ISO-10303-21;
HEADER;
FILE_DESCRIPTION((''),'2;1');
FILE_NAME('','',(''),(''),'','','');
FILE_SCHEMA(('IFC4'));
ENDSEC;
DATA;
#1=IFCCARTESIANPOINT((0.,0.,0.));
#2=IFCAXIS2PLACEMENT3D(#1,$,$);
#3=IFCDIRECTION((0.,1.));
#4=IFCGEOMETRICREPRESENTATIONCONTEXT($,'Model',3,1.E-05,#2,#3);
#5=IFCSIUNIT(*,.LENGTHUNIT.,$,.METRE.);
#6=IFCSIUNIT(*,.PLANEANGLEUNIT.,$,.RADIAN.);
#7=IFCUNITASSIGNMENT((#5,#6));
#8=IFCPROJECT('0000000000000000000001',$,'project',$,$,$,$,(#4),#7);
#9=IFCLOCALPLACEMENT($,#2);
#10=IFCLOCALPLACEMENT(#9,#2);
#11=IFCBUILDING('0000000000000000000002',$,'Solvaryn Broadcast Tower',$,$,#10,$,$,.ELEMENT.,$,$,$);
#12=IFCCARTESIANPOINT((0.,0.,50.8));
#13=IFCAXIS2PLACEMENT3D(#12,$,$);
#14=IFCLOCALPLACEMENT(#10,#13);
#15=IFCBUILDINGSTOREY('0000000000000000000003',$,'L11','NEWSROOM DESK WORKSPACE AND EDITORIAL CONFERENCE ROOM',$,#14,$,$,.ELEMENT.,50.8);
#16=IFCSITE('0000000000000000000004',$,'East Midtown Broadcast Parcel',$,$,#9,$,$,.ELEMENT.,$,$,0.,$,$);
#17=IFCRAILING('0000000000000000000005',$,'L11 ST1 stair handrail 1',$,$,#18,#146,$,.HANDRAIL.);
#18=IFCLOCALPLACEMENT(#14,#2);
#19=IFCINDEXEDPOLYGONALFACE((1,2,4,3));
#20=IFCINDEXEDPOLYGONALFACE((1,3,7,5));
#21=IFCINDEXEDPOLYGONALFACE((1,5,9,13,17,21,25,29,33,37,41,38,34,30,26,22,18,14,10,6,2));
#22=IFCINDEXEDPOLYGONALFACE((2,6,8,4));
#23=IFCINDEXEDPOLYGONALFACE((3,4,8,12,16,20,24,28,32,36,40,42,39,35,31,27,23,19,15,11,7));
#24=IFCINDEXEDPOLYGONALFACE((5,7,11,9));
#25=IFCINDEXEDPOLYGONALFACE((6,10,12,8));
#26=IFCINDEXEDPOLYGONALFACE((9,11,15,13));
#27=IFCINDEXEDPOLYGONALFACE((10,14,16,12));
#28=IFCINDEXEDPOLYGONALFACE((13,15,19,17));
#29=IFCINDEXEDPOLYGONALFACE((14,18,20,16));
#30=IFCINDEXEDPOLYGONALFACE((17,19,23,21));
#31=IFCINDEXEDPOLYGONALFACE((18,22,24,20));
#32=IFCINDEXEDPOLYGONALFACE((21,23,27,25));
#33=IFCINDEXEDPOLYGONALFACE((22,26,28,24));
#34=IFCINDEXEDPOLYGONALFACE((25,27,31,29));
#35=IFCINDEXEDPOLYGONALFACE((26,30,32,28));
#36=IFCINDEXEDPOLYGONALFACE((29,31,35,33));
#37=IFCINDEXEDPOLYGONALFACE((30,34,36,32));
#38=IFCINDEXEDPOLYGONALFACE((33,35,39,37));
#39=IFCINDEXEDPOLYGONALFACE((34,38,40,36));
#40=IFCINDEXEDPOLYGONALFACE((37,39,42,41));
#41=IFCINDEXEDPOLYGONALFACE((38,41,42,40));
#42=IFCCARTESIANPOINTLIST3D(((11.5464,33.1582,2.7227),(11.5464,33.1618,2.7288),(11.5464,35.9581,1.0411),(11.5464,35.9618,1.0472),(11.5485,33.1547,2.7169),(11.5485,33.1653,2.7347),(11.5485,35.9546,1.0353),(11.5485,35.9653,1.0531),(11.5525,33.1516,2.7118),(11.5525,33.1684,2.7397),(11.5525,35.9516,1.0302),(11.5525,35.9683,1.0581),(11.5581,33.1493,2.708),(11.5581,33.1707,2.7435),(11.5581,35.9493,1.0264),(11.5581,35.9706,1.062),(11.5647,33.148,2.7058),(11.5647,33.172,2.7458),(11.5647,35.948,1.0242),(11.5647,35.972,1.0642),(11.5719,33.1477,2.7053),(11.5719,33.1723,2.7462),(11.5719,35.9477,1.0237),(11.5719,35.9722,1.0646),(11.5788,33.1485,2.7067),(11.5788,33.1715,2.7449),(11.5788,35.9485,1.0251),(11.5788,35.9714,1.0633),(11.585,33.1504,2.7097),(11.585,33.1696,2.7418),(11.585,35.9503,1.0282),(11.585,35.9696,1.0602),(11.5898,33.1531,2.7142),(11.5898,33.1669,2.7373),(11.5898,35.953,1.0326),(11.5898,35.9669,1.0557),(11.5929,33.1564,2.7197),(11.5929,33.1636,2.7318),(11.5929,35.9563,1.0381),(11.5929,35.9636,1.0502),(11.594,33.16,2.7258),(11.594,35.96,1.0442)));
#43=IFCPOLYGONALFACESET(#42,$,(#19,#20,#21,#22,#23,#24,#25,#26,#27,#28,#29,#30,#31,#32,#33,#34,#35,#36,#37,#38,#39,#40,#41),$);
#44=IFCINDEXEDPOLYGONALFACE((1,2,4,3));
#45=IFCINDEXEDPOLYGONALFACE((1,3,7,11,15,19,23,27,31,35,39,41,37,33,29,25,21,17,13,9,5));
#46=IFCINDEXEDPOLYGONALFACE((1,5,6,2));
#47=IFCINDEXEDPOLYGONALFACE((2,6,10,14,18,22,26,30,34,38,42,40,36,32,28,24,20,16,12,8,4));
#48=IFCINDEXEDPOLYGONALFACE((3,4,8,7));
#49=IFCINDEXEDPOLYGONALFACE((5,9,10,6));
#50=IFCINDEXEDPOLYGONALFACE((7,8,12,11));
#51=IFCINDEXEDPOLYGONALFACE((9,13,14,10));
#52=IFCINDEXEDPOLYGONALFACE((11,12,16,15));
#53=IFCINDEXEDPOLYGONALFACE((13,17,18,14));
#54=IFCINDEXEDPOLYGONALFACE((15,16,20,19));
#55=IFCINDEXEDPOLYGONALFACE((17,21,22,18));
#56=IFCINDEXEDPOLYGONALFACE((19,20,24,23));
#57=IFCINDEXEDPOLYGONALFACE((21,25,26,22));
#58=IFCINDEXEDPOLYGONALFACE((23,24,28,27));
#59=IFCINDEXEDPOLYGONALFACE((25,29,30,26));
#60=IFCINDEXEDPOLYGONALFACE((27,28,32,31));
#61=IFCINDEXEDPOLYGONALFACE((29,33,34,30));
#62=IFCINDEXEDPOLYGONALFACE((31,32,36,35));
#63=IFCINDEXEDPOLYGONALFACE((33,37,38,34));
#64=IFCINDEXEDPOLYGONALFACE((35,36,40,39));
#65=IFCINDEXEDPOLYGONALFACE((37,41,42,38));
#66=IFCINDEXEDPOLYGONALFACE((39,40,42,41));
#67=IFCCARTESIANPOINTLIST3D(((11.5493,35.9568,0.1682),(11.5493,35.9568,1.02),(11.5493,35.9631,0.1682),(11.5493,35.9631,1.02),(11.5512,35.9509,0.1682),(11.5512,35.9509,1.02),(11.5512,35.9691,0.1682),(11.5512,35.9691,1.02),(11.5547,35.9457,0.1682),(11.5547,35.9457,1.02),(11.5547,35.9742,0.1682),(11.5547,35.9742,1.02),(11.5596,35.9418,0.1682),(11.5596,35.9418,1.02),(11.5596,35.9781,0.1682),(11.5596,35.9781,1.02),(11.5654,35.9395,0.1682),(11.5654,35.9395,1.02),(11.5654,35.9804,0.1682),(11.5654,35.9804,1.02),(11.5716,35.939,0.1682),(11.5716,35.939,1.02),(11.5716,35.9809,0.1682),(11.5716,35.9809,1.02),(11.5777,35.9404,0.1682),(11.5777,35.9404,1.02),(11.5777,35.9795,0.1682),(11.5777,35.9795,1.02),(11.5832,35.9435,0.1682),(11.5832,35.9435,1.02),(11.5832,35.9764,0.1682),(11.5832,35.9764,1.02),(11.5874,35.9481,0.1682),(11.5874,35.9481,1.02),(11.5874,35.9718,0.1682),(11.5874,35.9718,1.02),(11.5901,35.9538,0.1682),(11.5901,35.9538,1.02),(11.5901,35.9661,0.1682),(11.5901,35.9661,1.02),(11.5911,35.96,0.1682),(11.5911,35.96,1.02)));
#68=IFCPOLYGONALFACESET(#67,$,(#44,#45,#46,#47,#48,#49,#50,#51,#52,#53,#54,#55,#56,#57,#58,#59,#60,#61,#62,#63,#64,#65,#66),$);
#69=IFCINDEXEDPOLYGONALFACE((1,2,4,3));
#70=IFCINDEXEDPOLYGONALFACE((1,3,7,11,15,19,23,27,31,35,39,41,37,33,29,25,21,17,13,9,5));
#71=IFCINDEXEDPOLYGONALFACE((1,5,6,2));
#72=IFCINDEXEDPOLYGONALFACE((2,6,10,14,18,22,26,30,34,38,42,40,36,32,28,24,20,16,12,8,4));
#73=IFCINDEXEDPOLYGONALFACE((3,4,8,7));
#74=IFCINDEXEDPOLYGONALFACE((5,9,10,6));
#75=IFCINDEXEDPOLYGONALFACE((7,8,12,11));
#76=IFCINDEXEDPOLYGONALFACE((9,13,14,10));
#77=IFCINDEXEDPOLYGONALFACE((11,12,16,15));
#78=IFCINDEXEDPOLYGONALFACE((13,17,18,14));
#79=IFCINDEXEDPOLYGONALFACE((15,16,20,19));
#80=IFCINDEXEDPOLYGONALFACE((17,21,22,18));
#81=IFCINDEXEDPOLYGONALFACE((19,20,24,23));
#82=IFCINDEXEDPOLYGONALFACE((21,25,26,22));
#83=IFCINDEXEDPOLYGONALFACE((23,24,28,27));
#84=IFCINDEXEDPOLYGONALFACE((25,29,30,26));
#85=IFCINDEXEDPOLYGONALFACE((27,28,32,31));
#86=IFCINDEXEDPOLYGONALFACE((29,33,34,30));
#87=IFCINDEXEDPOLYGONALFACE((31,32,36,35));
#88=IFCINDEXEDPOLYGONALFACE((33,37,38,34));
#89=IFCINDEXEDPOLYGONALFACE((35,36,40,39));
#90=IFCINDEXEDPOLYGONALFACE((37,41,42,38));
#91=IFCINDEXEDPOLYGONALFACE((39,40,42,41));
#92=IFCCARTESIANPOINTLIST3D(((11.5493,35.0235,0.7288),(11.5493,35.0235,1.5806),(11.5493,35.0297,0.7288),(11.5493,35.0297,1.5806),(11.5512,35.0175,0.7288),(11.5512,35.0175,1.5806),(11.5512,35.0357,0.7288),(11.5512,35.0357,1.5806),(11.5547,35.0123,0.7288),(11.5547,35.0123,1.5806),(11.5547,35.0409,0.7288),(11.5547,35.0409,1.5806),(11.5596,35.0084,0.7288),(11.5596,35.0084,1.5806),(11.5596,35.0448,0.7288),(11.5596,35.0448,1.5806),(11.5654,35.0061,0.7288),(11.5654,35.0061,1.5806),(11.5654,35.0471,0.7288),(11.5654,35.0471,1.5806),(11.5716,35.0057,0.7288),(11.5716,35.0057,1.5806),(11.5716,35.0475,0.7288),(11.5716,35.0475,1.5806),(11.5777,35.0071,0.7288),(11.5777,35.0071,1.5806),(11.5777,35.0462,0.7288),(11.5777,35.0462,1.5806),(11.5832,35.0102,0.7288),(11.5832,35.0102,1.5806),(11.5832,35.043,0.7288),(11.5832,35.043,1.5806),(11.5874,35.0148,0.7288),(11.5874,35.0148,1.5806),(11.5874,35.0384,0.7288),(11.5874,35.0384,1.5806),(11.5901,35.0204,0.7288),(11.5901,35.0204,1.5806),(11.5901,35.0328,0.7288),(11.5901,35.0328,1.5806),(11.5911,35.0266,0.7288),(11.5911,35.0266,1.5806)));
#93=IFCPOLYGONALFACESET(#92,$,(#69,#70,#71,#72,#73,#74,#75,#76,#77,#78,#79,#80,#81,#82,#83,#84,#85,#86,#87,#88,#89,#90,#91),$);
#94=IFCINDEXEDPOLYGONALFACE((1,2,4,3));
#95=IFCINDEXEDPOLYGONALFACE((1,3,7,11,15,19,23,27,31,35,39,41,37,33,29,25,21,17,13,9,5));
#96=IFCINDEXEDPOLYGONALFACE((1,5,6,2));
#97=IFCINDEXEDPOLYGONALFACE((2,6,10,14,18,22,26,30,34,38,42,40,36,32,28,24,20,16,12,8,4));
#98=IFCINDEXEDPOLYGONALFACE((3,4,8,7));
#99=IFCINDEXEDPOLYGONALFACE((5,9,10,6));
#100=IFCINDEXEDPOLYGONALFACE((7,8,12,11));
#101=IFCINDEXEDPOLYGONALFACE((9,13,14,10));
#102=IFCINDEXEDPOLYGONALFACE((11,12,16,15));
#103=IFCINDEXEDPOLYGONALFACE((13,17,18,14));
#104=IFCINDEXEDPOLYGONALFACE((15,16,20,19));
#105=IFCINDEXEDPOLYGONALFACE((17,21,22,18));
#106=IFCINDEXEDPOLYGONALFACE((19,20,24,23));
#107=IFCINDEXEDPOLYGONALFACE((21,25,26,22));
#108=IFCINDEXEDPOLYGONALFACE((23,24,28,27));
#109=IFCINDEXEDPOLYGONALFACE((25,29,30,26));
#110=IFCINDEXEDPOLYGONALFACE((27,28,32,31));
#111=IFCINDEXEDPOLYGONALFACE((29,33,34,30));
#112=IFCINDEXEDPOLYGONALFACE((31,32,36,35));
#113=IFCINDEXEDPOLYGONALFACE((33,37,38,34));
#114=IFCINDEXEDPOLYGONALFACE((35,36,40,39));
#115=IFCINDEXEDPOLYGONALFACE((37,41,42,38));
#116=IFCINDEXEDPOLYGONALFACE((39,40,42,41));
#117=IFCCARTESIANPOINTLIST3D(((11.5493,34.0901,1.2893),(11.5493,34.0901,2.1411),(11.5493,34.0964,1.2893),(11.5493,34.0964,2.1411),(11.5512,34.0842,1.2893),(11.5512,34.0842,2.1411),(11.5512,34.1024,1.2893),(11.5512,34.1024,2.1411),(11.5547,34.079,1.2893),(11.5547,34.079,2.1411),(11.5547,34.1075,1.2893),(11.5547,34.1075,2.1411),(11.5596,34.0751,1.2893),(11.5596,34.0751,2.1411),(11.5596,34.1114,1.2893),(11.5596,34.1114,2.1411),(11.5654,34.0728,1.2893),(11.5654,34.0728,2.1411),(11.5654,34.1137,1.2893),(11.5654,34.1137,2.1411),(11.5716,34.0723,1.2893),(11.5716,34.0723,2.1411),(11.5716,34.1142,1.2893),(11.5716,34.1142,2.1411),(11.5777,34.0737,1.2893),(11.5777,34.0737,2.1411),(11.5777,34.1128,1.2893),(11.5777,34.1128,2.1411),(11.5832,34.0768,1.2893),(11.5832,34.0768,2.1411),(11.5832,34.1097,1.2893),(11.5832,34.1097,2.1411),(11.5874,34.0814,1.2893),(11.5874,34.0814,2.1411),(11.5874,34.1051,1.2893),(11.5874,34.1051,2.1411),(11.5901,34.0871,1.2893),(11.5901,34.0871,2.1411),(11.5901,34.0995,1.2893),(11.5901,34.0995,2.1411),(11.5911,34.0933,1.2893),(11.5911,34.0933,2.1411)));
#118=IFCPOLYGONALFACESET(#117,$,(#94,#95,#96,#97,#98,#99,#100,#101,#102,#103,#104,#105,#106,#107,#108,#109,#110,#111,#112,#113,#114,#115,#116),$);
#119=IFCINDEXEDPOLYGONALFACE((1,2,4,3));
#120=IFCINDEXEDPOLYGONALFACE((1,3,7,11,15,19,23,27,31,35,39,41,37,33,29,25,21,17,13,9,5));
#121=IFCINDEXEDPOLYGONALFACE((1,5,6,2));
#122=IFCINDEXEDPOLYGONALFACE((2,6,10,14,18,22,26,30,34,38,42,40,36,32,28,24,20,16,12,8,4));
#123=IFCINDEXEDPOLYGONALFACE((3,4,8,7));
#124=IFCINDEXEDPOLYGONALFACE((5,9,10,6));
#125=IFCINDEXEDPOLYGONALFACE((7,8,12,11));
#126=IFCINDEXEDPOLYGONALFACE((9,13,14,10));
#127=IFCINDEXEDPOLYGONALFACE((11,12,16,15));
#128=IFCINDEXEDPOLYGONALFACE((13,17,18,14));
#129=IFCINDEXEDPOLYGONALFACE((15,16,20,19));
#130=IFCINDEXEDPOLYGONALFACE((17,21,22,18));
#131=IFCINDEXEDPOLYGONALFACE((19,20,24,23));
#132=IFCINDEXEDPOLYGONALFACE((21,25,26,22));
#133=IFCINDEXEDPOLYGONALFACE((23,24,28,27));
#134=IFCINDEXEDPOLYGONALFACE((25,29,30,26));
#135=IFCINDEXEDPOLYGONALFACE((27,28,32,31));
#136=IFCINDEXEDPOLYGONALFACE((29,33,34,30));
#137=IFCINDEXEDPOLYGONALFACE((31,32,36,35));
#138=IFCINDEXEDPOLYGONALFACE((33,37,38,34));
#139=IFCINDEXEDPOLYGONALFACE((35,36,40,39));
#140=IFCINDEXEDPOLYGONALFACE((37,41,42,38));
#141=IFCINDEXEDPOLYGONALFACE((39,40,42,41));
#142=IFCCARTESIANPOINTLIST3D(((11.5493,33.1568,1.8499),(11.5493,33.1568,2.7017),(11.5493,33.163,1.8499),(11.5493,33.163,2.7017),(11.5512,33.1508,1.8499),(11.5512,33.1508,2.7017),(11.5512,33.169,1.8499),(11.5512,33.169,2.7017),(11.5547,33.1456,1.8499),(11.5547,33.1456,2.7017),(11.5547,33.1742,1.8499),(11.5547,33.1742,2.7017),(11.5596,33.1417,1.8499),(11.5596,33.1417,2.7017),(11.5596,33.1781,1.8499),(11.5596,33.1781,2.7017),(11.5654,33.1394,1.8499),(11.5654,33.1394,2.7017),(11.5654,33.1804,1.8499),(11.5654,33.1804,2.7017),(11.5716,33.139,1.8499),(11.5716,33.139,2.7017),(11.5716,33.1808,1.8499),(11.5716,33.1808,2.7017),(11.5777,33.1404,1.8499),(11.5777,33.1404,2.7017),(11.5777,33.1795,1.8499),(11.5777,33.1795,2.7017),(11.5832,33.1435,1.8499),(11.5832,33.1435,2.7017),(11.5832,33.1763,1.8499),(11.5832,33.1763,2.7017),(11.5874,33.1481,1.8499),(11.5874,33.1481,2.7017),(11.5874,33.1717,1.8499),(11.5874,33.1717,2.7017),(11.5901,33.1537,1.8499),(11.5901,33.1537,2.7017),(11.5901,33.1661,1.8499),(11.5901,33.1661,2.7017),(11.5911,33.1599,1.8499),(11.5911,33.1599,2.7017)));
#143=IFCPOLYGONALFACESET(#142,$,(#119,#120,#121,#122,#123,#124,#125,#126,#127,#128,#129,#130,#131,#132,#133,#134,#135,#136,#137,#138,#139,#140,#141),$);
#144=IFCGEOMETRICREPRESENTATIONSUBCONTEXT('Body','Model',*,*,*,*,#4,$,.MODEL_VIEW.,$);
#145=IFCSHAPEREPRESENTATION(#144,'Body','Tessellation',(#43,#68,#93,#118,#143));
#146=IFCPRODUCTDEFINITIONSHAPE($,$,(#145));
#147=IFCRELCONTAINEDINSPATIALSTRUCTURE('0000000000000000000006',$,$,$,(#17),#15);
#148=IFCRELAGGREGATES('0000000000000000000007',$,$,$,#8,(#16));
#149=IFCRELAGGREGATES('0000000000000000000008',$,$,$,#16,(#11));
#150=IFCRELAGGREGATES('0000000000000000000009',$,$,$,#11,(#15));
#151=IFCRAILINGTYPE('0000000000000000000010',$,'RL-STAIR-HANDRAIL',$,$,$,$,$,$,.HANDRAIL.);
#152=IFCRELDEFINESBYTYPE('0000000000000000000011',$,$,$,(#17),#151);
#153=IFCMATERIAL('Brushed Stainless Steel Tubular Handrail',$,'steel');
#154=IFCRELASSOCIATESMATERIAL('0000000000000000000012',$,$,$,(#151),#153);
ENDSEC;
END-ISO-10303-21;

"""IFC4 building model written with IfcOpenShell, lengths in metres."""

from ifc_helpers import new_model, si_unit, direction, frame, origin, origin_2d, place, context, subcontext, project, spatial, circle, extrude, material, type_object, element, save


model = new_model("IFC4")

# Units and contexts
model_context = context("Model", 3, precision=1e-05, world=origin(), true_north=direction((0.0, 1.0)))
body_context = subcontext(model_context, "Body", "Model", "MODEL_VIEW")
ifc_project = project(units=[si_unit("LENGTHUNIT", "METRE"), si_unit("PLANEANGLEUNIT", "RADIAN")], contexts=[model_context])

# Site, building, storey
site_placement = place(None, origin())
site = spatial("IfcSite", under=ifc_project, at=site_placement, Name="East Midtown Broadcast Parcel", CompositionType="ELEMENT", RefElevation=0.0)
building_placement = place(site_placement, origin())
building = spatial("IfcBuilding", under=site, at=building_placement, Name="Solvaryn Broadcast Tower", CompositionType="ELEMENT")
storey_placement = place(building_placement, frame((0.0, 0.0, 50.8)))
storey = spatial("IfcBuildingStorey", under=building, at=storey_placement, Name="L11", Description="NEWSROOM DESK WORKSPACE AND EDITORIAL CONFERENCE ROOM", CompositionType="ELEMENT", Elevation=50.8)

# Railing
ifc_material_1 = material(Name="Brushed Stainless Steel Tubular Handrail", Category="steel")
railing_type_1 = type_object("IfcRailingType", Name="RL-STAIR-HANDRAIL", PredefinedType="HANDRAIL", material=ifc_material_1)
railing_1_placement = place(storey_placement, frame((11.5701, 35.96, 0.1682)))
element("IfcRailing", 1, at=railing_1_placement, inside=storey, type_object=railing_type_1, Name="L11 ST1 stair handrail 1", PredefinedType="HANDRAIL", context=body_context, shape_type="SweptSolid", body=[
    extrude(circle(Radius=0.0239, at=origin_2d()), frame((0.0, 0.0, 0.876), z_axis=(0.0, -0.857275, 0.514858), x_axis=(1.0, 0.0, 0.0)), (0.0, 0.0, 1.0), 3.2661),
    extrude(circle(Radius=0.021, at=origin_2d()), origin(), (0.0, 0.0, 1.0), 0.8518),
    extrude(circle(Radius=0.021, at=origin_2d()), frame((0.0, -0.9333, 0.5605)), (0.0, 0.0, 1.0), 0.8518),
    extrude(circle(Radius=0.021, at=origin_2d()), frame((0.0, -1.8667, 1.1211)), (0.0, 0.0, 1.0), 0.8518),
    extrude(circle(Radius=0.021, at=origin_2d()), frame((0.0, -2.8, 1.6816)), (0.0, 0.0, 1.0), 0.8518),
])

save(model, "model.ifc")
